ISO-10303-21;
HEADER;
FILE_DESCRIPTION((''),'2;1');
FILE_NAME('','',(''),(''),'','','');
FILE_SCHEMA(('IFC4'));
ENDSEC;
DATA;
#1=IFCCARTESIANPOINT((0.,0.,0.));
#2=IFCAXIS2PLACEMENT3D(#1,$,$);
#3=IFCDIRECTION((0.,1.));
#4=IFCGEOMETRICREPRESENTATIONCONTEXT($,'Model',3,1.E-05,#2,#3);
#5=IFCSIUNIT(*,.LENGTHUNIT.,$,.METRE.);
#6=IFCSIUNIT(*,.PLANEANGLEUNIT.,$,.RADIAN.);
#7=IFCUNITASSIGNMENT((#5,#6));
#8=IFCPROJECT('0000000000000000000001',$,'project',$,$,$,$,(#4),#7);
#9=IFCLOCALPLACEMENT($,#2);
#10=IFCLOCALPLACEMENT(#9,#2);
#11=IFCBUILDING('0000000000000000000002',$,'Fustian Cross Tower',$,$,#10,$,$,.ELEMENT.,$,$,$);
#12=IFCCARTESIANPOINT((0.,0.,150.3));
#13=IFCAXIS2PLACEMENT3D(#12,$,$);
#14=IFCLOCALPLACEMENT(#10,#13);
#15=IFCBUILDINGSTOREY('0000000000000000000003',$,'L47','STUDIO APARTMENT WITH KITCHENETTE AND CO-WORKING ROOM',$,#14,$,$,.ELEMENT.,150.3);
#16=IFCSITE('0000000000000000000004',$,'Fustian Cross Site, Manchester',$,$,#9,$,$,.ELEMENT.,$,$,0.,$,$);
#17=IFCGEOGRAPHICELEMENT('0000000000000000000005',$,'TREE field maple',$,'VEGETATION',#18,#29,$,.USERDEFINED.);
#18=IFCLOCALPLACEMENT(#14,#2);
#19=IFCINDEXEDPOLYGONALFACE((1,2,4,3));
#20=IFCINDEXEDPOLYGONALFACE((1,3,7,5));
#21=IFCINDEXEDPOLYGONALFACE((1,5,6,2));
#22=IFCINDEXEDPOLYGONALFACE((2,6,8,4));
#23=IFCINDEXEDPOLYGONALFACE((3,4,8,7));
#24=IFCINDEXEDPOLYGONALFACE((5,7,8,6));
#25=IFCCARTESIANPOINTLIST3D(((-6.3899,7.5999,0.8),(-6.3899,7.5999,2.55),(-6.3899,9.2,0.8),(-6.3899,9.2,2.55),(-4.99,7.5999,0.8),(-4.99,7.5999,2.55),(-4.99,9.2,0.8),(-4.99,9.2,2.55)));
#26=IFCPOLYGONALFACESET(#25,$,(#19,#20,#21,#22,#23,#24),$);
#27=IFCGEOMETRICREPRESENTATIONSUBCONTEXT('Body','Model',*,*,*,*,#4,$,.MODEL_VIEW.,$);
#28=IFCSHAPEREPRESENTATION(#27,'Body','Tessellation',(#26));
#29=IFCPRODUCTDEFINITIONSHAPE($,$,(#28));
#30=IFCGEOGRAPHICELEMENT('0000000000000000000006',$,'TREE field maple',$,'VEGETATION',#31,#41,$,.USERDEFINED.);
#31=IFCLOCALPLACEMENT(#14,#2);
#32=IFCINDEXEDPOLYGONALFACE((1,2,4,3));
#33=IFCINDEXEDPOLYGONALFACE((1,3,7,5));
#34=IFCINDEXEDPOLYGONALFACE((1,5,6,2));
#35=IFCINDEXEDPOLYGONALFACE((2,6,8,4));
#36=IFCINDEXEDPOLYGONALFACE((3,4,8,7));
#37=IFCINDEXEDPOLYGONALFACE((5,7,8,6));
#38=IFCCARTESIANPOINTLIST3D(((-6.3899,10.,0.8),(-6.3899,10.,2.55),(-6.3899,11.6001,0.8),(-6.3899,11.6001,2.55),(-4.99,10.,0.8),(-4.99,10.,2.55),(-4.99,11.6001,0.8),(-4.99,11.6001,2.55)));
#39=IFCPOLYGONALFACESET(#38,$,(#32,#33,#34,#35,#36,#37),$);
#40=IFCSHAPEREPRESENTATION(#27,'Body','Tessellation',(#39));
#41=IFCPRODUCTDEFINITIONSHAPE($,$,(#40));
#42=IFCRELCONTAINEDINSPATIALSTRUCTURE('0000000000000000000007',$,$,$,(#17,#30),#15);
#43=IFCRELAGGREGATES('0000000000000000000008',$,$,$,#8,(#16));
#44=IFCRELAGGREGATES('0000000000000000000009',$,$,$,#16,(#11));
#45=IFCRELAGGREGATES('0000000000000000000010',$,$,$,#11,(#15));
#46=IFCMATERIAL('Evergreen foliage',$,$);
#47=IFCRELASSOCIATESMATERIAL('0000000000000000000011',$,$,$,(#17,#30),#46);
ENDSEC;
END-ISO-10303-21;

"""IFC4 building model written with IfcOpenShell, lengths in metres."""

from ifc_helpers import new_model, si_unit, direction, frame, origin, origin_2d, place, context, subcontext, project, spatial, rectangle, extrude, material, element, save


model = new_model("IFC4")

# Units and contexts
model_context = context("Model", 3, precision=1e-05, world=origin(), true_north=direction((0.0, 1.0)))
body_context = subcontext(model_context, "Body", "Model", "MODEL_VIEW")
ifc_project = project(units=[si_unit("LENGTHUNIT", "METRE"), si_unit("PLANEANGLEUNIT", "RADIAN")], contexts=[model_context])

# Site, building, storey
site_placement = place(None, origin())
site = spatial("IfcSite", under=ifc_project, at=site_placement, Name="Fustian Cross Site, Manchester", CompositionType="ELEMENT", RefElevation=0.0)
building_placement = place(site_placement, origin())
building = spatial("IfcBuilding", under=site, at=building_placement, Name="Fustian Cross Tower", CompositionType="ELEMENT")
storey_placement = place(building_placement, frame((0.0, 0.0, 150.3)))
storey = spatial("IfcBuildingStorey", under=building, at=storey_placement, Name="L47", Description="STUDIO APARTMENT WITH KITCHENETTE AND CO-WORKING ROOM", CompositionType="ELEMENT", Elevation=150.3)

# Geographic elements
ifc_material_1 = material(Name="Evergreen foliage")
for number, where, z_axis, x_axis, name in (
    (1, (-5.6899, 8.3999, 0.8), (0.0, 0.0, 1.0), (1.0, 0.0, 0.0), "TREE field maple"),
    (2, (-5.6899, 10.8, 0.8), (0.0, 0.0, 1.0), (1.0, 0.0, 0.0), "TREE field maple"),
):
    element("IfcGeographicElement", number, at=place(storey_placement, frame(where, z_axis=z_axis, x_axis=x_axis)), inside=storey, material=ifc_material_1, Name=name, ObjectType="VEGETATION", PredefinedType="USERDEFINED", context=body_context, shape_type="SweptSolid", body=[
        extrude(rectangle(XDim=1.3999, YDim=1.6001, at=origin_2d()), origin(), (0.0, 0.0, 1.0), 1.75),
    ])

save(model, "model.ifc")
